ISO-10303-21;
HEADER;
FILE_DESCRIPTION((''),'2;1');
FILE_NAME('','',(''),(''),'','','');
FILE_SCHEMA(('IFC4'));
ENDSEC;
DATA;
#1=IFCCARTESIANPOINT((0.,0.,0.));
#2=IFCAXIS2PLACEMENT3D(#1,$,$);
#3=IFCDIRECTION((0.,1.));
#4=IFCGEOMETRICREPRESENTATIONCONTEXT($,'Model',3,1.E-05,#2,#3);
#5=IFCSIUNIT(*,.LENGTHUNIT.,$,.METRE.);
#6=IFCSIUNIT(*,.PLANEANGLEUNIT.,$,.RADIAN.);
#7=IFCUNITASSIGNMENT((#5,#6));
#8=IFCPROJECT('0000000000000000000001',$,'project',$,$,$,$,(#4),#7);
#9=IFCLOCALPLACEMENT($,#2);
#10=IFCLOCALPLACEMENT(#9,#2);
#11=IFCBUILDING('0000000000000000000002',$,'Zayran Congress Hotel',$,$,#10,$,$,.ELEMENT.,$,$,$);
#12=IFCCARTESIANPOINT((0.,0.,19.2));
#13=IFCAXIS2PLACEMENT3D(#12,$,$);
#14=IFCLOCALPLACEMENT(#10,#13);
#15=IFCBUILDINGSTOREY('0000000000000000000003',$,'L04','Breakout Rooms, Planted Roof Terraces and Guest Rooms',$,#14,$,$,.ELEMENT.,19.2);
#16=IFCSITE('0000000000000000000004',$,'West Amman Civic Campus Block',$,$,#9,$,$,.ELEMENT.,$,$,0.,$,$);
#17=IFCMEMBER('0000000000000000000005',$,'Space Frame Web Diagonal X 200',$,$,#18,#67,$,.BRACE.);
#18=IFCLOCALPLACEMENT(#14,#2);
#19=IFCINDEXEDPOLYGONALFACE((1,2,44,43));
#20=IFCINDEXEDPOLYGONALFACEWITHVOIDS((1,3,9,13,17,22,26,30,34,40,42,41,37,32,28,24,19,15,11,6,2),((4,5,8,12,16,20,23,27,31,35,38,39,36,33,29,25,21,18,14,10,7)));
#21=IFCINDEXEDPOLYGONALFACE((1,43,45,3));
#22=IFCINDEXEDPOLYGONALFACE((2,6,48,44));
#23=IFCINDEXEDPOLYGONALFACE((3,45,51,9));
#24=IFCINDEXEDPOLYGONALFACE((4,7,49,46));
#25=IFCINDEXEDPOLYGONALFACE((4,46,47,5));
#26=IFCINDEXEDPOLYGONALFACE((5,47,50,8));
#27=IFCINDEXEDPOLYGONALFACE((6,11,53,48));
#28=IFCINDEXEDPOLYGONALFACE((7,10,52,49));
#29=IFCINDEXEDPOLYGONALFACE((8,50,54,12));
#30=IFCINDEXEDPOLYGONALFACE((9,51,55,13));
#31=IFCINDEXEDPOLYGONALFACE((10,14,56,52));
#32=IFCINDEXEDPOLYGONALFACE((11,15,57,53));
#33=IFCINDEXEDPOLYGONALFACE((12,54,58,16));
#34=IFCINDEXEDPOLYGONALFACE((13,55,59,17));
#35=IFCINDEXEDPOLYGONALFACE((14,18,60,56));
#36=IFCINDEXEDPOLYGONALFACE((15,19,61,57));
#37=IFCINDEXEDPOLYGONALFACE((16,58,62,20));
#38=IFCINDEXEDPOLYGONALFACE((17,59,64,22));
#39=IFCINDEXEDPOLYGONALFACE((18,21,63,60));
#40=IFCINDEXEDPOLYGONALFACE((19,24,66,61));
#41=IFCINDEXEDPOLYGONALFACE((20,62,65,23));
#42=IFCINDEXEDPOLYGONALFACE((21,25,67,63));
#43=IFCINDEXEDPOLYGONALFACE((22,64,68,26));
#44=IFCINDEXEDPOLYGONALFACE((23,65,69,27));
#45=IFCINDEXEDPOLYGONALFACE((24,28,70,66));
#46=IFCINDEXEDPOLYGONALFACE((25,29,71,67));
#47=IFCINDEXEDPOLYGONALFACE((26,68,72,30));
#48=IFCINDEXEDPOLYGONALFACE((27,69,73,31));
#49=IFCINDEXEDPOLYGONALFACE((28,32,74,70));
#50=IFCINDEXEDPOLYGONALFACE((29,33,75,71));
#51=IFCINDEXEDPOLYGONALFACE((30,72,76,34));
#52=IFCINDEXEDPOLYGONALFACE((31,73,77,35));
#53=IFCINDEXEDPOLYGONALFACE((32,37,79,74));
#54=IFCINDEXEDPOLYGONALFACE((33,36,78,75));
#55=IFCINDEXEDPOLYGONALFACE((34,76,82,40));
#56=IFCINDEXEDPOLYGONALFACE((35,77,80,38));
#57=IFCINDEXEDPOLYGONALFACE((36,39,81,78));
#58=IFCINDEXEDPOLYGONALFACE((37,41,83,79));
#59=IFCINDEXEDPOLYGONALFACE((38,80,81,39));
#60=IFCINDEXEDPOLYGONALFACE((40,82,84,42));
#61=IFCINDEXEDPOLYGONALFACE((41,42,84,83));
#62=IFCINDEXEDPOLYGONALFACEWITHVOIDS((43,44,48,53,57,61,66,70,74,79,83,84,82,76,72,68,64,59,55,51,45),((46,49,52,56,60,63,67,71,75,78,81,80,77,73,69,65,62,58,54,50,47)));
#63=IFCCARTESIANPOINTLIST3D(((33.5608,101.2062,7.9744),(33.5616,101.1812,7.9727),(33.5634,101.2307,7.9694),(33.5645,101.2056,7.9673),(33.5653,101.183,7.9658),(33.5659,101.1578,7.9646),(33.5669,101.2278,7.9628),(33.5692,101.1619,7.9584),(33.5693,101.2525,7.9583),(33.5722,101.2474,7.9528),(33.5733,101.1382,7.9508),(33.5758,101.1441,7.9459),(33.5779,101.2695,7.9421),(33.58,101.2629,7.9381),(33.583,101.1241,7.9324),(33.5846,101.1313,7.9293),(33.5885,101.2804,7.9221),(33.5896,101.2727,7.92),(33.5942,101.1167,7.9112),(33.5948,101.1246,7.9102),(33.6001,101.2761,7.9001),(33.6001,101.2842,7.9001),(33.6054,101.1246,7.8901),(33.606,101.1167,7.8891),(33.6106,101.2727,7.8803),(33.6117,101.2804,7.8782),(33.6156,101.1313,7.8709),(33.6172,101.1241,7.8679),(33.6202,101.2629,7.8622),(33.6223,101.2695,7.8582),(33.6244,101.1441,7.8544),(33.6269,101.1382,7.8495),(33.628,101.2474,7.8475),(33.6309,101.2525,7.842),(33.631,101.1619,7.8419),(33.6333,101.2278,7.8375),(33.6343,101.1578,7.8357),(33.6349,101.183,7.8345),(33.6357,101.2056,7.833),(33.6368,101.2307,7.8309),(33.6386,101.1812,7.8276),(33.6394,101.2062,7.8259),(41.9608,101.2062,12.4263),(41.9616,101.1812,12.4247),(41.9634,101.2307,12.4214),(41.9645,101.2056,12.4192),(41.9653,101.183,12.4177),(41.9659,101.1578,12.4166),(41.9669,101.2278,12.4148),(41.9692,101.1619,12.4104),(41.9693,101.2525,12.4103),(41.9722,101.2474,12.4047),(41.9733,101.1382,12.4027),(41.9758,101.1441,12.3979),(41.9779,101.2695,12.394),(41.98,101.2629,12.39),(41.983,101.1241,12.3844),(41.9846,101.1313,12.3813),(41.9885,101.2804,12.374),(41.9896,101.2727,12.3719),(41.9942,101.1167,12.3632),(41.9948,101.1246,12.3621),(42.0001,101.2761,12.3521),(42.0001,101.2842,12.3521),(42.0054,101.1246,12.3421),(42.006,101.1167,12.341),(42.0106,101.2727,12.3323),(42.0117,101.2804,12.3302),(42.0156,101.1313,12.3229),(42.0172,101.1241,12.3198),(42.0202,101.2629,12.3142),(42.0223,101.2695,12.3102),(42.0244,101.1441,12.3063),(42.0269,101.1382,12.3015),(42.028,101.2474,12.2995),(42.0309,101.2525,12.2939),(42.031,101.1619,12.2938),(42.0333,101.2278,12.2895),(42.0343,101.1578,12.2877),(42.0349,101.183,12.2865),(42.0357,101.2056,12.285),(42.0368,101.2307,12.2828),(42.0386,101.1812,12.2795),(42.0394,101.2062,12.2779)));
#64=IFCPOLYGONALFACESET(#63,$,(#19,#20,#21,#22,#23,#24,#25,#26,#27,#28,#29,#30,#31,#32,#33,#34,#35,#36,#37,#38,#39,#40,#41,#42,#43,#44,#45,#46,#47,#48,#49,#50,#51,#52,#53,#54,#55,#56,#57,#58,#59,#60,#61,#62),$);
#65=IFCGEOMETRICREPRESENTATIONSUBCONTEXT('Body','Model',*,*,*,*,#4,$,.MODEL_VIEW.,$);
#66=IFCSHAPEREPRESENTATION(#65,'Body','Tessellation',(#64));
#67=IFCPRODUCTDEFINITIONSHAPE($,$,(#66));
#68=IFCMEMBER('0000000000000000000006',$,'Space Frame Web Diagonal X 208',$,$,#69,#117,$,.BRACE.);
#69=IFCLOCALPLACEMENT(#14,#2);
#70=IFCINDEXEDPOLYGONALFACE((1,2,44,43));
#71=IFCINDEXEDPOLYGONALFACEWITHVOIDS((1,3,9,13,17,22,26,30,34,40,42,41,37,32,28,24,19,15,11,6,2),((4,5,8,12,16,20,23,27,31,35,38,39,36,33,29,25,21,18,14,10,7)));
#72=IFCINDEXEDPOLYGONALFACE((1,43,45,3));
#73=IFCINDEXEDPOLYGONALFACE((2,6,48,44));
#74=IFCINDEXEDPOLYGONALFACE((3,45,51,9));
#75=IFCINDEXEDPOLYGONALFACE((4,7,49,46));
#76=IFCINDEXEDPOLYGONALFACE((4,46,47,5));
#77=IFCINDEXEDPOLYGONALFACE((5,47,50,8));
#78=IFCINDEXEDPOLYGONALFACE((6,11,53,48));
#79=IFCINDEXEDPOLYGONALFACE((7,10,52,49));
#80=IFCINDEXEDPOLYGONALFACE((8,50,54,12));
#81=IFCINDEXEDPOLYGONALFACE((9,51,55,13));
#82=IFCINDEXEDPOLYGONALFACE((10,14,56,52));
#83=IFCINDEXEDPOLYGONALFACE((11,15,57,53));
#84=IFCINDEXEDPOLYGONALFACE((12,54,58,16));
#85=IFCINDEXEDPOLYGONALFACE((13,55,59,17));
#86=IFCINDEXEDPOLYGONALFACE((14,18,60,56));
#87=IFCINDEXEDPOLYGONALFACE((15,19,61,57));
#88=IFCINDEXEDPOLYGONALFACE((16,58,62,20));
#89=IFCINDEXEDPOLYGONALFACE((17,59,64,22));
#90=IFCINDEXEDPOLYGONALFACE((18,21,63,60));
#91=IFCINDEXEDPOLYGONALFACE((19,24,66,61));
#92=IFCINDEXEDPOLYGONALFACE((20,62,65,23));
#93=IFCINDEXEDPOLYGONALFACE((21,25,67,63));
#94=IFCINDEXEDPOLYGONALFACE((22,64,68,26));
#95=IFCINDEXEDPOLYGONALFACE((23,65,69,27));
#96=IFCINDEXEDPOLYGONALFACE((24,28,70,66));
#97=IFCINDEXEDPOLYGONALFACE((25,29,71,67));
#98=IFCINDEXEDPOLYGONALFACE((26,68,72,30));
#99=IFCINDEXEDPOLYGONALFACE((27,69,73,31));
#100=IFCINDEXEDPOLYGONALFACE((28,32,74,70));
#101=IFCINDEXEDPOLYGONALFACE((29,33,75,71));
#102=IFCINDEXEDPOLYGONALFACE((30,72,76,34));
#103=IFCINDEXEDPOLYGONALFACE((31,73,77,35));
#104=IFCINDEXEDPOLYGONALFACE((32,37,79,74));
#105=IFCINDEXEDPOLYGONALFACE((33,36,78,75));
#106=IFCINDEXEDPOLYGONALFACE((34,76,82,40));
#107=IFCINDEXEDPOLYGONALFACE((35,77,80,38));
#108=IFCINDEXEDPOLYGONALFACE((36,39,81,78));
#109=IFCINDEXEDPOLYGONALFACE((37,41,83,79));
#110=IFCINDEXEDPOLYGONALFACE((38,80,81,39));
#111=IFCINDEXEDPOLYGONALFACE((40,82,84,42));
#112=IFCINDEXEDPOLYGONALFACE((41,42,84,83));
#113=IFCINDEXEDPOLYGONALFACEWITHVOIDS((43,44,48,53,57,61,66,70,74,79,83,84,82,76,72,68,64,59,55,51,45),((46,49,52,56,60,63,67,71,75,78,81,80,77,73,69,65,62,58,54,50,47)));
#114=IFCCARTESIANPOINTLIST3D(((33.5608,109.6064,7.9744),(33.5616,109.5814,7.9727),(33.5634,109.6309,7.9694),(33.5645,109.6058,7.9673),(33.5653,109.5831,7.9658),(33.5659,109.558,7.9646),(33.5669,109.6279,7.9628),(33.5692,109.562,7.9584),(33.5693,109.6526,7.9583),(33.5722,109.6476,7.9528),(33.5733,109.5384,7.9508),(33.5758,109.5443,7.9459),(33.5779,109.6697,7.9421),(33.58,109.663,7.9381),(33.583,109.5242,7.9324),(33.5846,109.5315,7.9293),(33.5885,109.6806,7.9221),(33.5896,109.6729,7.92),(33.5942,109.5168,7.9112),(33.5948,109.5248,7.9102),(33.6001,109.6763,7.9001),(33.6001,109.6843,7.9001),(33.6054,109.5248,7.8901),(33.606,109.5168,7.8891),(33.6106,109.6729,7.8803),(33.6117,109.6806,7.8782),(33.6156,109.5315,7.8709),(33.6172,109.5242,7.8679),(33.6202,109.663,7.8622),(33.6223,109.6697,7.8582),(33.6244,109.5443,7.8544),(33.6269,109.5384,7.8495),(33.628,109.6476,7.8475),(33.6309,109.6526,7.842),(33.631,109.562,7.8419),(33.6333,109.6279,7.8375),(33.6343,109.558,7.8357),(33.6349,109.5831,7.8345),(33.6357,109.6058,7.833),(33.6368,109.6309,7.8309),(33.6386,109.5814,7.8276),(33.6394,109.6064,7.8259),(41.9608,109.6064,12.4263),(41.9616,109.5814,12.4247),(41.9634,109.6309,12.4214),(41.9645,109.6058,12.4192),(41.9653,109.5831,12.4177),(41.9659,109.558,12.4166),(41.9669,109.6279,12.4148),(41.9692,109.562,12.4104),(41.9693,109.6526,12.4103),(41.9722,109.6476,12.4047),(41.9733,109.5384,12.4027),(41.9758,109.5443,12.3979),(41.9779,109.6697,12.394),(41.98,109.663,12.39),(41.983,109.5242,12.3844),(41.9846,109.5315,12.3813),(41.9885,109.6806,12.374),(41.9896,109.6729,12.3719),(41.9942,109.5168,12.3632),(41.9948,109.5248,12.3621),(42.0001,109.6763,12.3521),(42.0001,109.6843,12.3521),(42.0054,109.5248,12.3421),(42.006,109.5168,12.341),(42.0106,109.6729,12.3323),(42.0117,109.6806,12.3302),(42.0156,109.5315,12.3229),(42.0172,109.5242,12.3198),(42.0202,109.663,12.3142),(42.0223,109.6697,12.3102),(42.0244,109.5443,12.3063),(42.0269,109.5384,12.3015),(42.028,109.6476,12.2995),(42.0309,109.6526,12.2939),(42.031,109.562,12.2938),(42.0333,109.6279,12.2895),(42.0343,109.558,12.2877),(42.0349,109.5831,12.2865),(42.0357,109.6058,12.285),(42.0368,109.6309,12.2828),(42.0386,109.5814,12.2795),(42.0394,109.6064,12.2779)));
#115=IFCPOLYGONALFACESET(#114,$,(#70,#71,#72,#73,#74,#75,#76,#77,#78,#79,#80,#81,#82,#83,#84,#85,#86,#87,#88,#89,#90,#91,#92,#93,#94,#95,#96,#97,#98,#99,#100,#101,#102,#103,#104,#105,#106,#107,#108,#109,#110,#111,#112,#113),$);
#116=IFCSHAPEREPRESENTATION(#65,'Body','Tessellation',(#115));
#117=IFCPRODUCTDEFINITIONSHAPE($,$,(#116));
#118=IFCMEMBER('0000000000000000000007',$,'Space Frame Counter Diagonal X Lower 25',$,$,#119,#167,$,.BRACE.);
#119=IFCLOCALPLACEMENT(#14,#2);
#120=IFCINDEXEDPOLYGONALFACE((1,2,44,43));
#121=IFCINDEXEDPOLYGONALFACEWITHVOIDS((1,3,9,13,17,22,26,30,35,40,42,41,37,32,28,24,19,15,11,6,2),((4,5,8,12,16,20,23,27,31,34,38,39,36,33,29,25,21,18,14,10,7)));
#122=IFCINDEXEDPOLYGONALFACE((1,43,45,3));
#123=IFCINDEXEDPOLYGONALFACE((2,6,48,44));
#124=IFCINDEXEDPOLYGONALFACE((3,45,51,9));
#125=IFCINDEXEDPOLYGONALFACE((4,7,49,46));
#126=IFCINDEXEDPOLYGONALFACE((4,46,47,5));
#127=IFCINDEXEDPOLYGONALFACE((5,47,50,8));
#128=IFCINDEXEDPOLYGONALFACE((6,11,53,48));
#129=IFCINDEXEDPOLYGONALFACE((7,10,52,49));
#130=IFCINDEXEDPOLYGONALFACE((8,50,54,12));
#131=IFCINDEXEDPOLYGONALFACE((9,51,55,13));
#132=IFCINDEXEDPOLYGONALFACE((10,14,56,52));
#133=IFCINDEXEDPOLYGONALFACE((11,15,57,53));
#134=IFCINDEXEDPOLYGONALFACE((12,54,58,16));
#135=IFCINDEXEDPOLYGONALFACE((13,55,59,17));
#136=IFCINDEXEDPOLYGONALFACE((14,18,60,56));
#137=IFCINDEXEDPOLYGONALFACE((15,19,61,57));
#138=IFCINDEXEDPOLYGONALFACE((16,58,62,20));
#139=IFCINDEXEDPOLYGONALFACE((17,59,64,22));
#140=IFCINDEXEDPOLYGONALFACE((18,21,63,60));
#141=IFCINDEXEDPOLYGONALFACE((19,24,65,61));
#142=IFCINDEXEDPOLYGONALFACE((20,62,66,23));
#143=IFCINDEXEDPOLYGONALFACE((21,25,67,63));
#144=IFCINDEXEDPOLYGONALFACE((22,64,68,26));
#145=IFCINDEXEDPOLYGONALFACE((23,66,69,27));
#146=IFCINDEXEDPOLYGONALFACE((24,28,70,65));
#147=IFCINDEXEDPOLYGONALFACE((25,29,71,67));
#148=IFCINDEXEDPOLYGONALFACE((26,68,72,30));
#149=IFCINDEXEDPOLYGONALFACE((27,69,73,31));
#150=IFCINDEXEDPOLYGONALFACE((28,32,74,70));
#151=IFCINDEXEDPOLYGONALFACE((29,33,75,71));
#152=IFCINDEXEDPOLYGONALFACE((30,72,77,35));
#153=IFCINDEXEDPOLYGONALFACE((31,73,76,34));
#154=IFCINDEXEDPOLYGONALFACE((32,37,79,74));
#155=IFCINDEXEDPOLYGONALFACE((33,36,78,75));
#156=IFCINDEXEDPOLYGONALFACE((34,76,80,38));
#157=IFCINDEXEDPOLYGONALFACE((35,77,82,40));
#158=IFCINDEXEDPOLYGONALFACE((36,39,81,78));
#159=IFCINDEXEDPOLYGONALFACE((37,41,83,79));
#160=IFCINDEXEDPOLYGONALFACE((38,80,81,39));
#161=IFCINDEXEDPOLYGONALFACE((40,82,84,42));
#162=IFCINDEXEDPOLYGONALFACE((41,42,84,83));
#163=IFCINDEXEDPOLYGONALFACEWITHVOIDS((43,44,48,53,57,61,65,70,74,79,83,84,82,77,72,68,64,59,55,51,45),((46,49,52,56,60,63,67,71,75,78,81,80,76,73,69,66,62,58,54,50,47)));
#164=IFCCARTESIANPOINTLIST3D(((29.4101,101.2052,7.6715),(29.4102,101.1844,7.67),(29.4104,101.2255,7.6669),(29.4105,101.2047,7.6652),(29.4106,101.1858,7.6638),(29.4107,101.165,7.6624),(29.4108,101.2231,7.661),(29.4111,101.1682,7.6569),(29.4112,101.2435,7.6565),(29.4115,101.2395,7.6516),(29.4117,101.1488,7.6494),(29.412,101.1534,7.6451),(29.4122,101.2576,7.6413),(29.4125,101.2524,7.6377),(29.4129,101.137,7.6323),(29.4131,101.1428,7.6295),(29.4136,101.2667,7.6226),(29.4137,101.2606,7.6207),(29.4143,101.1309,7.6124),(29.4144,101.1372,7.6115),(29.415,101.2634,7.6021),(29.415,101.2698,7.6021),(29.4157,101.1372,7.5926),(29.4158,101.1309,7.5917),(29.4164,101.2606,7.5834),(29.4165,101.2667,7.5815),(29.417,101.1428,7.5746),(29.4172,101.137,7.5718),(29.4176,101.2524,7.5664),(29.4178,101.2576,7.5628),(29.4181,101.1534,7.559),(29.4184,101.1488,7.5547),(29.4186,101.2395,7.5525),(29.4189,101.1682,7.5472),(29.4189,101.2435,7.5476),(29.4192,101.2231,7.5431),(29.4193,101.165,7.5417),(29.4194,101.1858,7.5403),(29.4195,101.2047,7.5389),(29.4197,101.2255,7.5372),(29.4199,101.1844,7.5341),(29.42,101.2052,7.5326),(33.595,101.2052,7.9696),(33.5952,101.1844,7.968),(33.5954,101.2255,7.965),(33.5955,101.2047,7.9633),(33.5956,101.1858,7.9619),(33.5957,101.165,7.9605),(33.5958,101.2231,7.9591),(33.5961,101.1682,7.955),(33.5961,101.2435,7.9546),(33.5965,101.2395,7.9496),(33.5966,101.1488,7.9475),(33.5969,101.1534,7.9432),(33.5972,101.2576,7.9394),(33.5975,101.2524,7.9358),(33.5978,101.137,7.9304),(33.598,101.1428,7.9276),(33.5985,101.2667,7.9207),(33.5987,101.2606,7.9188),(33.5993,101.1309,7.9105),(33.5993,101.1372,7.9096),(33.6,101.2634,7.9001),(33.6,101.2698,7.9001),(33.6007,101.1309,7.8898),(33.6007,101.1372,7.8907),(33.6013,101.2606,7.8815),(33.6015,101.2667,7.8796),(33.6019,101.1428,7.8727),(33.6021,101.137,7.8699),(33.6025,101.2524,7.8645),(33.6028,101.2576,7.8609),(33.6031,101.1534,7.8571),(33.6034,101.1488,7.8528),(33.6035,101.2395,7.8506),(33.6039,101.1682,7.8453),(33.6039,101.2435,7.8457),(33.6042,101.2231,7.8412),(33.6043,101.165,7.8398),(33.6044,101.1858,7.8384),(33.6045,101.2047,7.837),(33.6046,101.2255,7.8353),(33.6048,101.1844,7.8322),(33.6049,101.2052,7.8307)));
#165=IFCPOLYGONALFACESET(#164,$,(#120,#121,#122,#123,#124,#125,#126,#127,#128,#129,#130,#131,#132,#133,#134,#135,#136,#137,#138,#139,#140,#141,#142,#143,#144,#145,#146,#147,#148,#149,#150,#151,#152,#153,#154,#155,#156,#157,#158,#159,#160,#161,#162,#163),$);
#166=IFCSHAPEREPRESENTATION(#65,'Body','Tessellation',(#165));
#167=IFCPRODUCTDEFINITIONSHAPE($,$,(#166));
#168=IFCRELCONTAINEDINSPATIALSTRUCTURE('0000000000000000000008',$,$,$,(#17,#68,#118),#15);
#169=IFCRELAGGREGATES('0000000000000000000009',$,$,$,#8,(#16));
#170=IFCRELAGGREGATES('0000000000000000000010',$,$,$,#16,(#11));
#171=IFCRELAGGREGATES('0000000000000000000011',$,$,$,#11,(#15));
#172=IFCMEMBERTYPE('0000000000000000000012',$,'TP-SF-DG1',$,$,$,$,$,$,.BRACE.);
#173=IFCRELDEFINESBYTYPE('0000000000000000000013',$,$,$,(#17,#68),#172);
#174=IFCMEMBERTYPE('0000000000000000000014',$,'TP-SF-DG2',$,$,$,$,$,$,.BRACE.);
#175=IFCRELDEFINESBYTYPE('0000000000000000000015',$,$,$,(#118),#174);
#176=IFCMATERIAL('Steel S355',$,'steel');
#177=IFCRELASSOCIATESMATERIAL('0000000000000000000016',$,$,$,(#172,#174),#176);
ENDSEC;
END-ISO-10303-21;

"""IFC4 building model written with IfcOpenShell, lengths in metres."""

from ifc_helpers import new_model, si_unit, direction, frame, origin, origin_2d, place, context, subcontext, project, spatial, hollow_circle, extrude, material, material_profile, profile_set, type_object, element, save


model = new_model("IFC4")

# Units and contexts
model_context = context("Model", 3, precision=1e-05, world=origin(), true_north=direction((0.0, 1.0)))
body_context = subcontext(model_context, "Body", "Model", "MODEL_VIEW")
ifc_project = project(units=[si_unit("LENGTHUNIT", "METRE"), si_unit("PLANEANGLEUNIT", "RADIAN")], contexts=[model_context])

# Site, building, storey
site_placement = place(None, origin())
site = spatial("IfcSite", under=ifc_project, at=site_placement, Name="West Amman Civic Campus Block", CompositionType="ELEMENT", RefElevation=0.0)
building_placement = place(site_placement, origin())
building = spatial("IfcBuilding", under=site, at=building_placement, Name="Zayran Congress Hotel", CompositionType="ELEMENT")
storey_placement = place(building_placement, frame((0.0, 0.0, 19.2)))
storey = spatial("IfcBuildingStorey", under=building, at=storey_placement, Name="L04", Description="Breakout Rooms, Planted Roof Terraces and Guest Rooms", CompositionType="ELEMENT", Elevation=19.2)

# Members
ifc_material_1 = material(Name="Steel S355", Category="steel")
ifc_material_profile_1 = material_profile(ifc_material_1, hollow_circle(Radius=0.0842, WallThickness=0.0081, at=origin_2d()), Name="CHS 168.3x8")
ifc_profile_set_1 = profile_set([ifc_material_profile_1], Name="Steel S355")
member_type_1 = type_object("IfcMemberType", Name="TP-SF-DG1", PredefinedType="BRACE", material=ifc_profile_set_1)
for number, where, z_axis, x_axis, name in (
    (1, (33.6001, 101.2, 7.9001), (0.883575, 0.0, 0.46829), (0.0, 1.0, 0.0), "Space Frame Web Diagonal X 200"),
    (2, (33.6001, 109.6001, 7.9001), (0.883575, 0.0, 0.46829), (0.0, 1.0, 0.0), "Space Frame Web Diagonal X 208"),
):
    element("IfcMember", number, at=place(storey_placement, frame(where, z_axis=z_axis, x_axis=x_axis)), inside=storey, type_object=member_type_1, Name=name, PredefinedType="BRACE", context=body_context, shape_type="SweptSolid", body=[
        extrude(hollow_circle(Radius=0.0842, WallThickness=0.0081, at=origin_2d()), origin(), (0.0, 0.0, 1.0), 9.5068),
    ])
ifc_material_profile_2 = material_profile(ifc_material_1, hollow_circle(Radius=0.0698, WallThickness=0.0063, at=origin_2d()), Name="CHS 139.7x6.3")
ifc_profile_set_2 = profile_set([ifc_material_profile_2], Name="Steel S355")
member_type_2 = type_object("IfcMemberType", Name="TP-SF-DG2", PredefinedType="BRACE", material=ifc_profile_set_2)
for number, where, z_axis, x_axis, name in (
    (3, (29.415, 101.2, 7.6021), (0.997473, 0.0, 0.071049), (0.0, 1.0, 0.0), "Space Frame Counter Diagonal X Lower 25"),
):
    element("IfcMember", number, at=place(storey_placement, frame(where, z_axis=z_axis, x_axis=x_axis)), inside=storey, type_object=member_type_2, Name=name, PredefinedType="BRACE", context=body_context, shape_type="SweptSolid", body=[
        extrude(hollow_circle(Radius=0.0698, WallThickness=0.0063, at=origin_2d()), origin(), (0.0, 0.0, 1.0), 4.1956),
    ])

save(model, "model.ifc")
